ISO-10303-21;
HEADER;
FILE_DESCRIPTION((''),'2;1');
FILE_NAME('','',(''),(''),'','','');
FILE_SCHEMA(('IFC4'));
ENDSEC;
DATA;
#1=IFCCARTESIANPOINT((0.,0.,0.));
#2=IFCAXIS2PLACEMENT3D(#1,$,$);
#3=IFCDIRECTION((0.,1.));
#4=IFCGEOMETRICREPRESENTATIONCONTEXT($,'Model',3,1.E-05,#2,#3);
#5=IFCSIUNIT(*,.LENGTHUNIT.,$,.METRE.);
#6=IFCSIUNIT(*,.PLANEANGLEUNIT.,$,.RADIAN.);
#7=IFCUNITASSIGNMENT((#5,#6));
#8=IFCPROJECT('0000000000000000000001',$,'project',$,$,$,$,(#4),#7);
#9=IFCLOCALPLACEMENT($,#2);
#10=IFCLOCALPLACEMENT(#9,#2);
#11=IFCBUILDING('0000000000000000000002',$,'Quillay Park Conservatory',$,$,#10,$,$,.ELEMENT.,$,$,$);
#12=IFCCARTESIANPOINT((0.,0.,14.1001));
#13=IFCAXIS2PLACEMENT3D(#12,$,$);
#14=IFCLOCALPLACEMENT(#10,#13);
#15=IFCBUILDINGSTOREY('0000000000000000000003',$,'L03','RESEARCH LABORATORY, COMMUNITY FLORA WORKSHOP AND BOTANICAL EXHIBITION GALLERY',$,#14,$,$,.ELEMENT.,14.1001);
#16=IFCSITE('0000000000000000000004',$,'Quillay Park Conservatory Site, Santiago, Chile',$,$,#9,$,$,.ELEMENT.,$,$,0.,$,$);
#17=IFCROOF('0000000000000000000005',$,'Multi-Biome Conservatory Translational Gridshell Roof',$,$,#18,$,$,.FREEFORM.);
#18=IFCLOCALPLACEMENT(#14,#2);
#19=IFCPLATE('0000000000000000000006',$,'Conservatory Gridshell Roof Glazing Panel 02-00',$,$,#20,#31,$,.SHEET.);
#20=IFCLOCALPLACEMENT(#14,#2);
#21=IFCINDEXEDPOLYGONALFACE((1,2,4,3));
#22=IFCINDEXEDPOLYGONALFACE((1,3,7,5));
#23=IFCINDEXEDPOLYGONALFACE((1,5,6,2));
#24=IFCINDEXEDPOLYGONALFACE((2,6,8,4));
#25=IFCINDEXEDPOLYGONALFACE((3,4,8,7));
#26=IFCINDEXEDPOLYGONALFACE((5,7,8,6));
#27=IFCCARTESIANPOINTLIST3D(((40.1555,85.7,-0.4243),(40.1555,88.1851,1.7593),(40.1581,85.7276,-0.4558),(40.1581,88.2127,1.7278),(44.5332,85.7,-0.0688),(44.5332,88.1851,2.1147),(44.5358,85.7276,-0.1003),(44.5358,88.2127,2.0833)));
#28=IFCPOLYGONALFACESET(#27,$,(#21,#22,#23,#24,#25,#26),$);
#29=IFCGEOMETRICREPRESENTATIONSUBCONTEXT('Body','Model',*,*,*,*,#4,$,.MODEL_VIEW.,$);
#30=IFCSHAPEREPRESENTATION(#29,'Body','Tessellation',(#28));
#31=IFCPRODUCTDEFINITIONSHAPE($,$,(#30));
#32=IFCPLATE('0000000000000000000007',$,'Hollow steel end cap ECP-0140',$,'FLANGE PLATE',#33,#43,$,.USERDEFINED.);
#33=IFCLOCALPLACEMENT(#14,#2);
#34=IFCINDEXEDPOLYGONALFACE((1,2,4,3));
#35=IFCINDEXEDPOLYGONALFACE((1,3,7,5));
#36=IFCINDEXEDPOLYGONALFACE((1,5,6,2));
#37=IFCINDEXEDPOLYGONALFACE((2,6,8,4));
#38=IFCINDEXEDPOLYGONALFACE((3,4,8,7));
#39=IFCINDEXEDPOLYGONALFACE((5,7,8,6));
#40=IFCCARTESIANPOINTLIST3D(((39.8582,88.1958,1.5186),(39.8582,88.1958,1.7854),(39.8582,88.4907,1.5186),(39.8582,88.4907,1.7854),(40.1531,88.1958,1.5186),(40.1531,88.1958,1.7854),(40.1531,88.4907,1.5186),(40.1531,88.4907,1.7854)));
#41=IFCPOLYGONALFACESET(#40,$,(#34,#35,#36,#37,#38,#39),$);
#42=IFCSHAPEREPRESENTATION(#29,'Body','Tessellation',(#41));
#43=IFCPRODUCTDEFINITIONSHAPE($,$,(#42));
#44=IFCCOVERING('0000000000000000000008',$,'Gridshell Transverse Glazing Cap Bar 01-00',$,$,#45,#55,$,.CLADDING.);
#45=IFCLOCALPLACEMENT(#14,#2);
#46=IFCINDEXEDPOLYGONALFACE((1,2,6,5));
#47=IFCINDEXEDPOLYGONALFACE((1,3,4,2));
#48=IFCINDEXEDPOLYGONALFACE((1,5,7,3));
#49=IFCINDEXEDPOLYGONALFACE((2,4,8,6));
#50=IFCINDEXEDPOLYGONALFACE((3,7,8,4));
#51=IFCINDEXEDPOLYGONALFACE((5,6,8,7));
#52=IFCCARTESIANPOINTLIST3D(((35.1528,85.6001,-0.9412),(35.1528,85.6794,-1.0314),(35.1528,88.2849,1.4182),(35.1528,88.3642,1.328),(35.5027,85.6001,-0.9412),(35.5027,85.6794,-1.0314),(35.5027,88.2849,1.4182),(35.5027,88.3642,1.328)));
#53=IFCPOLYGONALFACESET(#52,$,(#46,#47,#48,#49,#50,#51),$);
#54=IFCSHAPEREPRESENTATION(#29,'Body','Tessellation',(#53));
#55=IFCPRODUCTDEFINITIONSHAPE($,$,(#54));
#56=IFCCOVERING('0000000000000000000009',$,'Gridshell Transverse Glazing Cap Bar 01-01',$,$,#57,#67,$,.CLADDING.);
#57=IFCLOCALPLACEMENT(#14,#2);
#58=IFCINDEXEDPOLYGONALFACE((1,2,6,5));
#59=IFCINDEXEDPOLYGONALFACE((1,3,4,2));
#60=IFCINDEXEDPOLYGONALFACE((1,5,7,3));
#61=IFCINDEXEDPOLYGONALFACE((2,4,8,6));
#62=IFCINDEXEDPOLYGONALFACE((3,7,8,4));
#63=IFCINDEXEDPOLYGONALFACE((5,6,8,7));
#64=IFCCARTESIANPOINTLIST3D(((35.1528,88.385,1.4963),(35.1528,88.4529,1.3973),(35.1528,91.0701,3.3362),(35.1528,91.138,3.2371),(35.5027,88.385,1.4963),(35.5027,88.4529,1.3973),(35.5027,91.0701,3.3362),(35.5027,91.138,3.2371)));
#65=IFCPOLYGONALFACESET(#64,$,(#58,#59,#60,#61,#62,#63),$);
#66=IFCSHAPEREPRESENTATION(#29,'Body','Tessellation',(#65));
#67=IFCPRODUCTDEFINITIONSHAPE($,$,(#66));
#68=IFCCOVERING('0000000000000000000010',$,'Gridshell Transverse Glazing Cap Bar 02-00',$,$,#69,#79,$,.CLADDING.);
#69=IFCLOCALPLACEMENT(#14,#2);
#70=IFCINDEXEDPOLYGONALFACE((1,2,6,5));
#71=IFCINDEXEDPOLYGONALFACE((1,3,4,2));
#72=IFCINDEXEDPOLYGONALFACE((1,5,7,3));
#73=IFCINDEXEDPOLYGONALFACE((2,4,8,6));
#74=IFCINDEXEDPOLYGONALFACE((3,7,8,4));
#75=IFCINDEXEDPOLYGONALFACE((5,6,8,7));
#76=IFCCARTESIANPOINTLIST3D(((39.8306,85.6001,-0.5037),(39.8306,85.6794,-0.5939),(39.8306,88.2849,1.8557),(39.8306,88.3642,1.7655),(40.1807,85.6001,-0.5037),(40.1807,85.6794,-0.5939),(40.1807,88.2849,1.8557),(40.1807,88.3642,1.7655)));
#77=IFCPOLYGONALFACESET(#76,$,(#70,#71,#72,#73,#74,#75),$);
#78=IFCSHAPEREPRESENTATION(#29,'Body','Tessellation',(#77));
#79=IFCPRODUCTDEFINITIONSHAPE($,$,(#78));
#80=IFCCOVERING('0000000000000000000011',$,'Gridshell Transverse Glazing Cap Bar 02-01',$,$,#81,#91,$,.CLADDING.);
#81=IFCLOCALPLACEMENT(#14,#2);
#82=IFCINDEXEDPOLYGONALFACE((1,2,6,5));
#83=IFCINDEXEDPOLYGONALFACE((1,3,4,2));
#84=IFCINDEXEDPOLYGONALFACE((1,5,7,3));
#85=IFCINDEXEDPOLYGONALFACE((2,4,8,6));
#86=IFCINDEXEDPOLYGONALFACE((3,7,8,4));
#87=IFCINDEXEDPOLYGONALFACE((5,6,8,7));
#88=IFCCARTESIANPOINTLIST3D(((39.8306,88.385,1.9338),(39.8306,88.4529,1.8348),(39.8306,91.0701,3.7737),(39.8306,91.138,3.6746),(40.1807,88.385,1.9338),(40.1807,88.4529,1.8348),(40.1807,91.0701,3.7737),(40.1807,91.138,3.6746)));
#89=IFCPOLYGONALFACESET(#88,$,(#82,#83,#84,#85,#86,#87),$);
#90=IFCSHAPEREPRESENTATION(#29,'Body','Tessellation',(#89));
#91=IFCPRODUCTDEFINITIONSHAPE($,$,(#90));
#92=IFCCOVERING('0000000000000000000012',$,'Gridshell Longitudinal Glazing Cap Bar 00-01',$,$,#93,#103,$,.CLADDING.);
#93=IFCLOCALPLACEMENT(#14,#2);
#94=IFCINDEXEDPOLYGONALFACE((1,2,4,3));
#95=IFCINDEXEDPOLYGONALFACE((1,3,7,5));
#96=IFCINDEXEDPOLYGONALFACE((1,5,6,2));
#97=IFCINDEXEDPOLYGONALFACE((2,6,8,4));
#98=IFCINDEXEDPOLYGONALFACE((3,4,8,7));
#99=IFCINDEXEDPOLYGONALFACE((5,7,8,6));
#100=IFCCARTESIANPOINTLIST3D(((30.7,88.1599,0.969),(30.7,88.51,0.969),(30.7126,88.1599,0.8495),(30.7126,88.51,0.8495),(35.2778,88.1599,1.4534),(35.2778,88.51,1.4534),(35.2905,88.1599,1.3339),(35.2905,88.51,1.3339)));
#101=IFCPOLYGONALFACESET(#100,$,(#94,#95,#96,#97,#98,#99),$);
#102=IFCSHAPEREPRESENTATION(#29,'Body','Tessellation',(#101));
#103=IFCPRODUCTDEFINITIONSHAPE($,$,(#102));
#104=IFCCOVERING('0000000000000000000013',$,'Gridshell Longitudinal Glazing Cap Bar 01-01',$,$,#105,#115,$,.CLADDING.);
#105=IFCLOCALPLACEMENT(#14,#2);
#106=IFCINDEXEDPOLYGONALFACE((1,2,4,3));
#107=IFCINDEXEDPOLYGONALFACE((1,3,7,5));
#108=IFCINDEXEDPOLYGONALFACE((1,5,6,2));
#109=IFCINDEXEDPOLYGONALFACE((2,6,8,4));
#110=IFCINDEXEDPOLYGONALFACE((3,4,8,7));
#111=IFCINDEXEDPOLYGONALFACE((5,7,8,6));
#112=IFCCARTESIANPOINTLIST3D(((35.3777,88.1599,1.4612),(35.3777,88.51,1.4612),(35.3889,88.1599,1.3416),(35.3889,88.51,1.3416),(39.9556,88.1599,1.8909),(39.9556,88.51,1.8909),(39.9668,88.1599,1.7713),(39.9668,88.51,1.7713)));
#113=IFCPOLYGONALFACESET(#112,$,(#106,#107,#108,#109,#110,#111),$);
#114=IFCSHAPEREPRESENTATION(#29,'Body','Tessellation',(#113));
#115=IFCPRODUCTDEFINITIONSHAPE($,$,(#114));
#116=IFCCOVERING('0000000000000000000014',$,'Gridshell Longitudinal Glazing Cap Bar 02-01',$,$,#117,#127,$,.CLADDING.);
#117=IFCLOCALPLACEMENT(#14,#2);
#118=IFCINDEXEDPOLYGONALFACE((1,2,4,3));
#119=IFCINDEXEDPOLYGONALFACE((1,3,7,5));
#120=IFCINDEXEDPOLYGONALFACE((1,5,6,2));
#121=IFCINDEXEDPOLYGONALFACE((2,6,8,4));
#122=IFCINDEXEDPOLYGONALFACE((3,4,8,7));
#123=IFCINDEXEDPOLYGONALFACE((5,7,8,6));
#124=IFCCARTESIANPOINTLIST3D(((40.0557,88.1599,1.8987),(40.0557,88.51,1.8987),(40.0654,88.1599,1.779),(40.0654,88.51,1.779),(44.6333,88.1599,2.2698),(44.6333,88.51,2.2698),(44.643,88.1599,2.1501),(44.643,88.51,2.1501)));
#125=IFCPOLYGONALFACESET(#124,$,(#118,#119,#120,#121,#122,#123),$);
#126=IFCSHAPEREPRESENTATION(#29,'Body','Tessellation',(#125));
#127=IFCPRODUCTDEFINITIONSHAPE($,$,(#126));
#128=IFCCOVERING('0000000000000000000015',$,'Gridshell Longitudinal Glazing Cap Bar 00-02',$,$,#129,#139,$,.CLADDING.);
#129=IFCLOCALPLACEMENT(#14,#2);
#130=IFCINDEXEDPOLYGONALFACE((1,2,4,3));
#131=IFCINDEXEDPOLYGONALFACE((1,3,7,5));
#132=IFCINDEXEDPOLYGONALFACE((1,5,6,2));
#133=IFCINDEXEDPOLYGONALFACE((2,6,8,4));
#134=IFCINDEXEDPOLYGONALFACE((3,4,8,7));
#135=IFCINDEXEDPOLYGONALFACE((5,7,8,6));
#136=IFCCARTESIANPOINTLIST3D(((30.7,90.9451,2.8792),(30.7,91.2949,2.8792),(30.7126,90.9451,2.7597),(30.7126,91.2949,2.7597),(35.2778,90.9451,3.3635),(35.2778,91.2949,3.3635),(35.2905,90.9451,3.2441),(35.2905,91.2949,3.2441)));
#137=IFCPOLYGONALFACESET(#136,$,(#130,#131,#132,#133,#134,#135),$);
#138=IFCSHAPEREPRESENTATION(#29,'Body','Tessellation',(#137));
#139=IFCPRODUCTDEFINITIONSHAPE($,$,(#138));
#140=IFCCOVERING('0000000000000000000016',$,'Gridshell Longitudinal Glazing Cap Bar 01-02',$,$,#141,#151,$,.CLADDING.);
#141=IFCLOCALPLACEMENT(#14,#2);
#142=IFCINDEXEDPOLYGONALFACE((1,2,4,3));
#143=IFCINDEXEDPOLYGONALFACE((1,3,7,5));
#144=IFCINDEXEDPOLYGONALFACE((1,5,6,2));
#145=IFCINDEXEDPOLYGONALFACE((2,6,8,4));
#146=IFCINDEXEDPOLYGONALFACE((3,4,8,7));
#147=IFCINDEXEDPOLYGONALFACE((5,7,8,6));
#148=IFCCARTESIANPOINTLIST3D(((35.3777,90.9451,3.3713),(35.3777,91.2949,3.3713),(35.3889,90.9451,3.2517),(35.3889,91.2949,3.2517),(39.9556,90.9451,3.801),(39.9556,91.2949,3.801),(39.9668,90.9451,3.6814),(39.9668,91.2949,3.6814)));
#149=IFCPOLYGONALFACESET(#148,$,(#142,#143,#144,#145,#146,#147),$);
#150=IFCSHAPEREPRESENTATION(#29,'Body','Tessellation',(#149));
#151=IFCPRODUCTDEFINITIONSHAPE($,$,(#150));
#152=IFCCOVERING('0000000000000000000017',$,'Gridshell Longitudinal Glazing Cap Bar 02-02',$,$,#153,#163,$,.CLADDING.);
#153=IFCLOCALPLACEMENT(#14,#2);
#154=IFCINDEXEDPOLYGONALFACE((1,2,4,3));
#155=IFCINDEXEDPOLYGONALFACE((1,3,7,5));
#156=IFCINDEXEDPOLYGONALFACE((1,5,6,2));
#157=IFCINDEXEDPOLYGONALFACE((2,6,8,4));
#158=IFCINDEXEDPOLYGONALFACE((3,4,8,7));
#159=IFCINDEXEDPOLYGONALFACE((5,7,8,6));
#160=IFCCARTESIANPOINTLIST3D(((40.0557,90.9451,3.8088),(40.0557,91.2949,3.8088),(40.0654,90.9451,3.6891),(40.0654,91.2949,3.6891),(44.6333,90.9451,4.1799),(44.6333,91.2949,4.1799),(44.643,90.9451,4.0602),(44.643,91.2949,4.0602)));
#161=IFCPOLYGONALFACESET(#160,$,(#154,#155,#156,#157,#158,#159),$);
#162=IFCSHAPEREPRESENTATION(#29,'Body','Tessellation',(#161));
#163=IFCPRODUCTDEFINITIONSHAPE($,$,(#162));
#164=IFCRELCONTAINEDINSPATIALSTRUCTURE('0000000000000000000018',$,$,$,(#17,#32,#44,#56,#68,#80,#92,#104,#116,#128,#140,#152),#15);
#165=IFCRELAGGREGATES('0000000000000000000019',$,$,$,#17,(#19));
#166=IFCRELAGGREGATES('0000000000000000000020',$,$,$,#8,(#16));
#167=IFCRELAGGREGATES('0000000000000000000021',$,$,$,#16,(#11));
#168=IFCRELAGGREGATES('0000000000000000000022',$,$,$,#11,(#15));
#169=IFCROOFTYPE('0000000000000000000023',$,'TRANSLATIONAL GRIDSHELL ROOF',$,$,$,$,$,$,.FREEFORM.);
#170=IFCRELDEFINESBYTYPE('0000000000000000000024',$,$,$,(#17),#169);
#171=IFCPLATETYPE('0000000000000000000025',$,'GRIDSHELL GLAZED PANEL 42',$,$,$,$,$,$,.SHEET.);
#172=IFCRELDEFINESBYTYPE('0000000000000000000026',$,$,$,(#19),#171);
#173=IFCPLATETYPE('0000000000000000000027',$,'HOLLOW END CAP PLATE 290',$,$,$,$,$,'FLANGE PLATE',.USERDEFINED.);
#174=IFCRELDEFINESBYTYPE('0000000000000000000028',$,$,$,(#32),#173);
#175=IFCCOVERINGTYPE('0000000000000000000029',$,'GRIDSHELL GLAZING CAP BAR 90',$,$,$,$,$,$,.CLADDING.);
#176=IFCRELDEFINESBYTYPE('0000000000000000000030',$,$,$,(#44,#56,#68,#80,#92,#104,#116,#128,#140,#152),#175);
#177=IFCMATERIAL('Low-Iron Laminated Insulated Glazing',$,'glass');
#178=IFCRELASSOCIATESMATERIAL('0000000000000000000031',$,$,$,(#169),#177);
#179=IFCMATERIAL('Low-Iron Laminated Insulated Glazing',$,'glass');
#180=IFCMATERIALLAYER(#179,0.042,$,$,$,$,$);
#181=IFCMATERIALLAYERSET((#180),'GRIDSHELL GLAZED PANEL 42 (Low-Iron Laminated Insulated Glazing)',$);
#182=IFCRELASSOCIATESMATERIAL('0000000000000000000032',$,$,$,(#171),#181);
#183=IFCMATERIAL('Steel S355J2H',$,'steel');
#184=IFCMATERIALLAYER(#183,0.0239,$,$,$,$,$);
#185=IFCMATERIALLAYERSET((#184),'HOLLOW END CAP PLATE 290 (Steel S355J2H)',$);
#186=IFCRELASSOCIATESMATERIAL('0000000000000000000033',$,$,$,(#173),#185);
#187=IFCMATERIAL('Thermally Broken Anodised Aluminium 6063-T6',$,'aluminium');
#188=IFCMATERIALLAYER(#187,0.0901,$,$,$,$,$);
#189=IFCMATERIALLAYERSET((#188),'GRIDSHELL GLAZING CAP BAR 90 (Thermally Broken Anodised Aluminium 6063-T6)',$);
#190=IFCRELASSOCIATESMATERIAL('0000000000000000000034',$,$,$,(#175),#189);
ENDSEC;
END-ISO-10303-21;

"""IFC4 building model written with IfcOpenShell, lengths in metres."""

from ifc_helpers import new_model, si_unit, direction, frame, origin, origin_2d, place, context, subcontext, project, spatial, polyline, rectangle, outline, extrude, material, layer, layer_set, type_object, element, aggregate, save


model = new_model("IFC4")

# Units and contexts
model_context = context("Model", 3, precision=1e-05, world=origin(), true_north=direction((0.0, 1.0)))
body_context = subcontext(model_context, "Body", "Model", "MODEL_VIEW")
ifc_project = project(units=[si_unit("LENGTHUNIT", "METRE"), si_unit("PLANEANGLEUNIT", "RADIAN")], contexts=[model_context])

# Site, building, storey
site_placement = place(None, origin())
site = spatial("IfcSite", under=ifc_project, at=site_placement, Name="Quillay Park Conservatory Site, Santiago, Chile", CompositionType="ELEMENT", RefElevation=0.0)
building_placement = place(site_placement, origin())
building = spatial("IfcBuilding", under=site, at=building_placement, Name="Quillay Park Conservatory", CompositionType="ELEMENT")
storey_placement = place(building_placement, frame((0.0, 0.0, 14.1001)))
storey = spatial("IfcBuildingStorey", under=building, at=storey_placement, Name="L03", Description="RESEARCH LABORATORY, COMMUNITY FLORA WORKSHOP AND BOTANICAL EXHIBITION GALLERY", CompositionType="ELEMENT", Elevation=14.1001)

# Roof, plate
ifc_material_1 = material(Name="Low-Iron Laminated Insulated Glazing", Category="glass")
roof_type = type_object("IfcRoofType", Name="TRANSLATIONAL GRIDSHELL ROOF", PredefinedType="FREEFORM", material=ifc_material_1)
roof_placement = place(storey_placement, origin())
roof = element("IfcRoof", 1, at=roof_placement, inside=storey, type_object=roof_type, Name="Multi-Biome Conservatory Translational Gridshell Roof", PredefinedType="FREEFORM")
ifc_material_2 = material(Name="Low-Iron Laminated Insulated Glazing", Category="glass")
ifc_layer_1 = layer(ifc_material_2, 0.042)
ifc_layer_set_1 = layer_set([ifc_layer_1], Name="GRIDSHELL GLAZED PANEL 42 (Low-Iron Laminated Insulated Glazing)")
plate_type_1 = type_object("IfcPlateType", Name="GRIDSHELL GLAZED PANEL 42", PredefinedType="SHEET", material=ifc_layer_set_1)
plate_1_placement = place(storey_placement, frame((40.1555, 85.7, -0.4243), z_axis=(-0.060885, -0.658841, 0.749814), x_axis=(0.996719, 0.0, 0.080934)))
plate_1 = element("IfcPlate", 2, at=plate_1_placement, type_object=plate_type_1, Name="Conservatory Gridshell Roof Glazing Panel 02-00", PredefinedType="SHEET", context=body_context, shape_type="SweptSolid", body=[
    extrude(outline(polyline([(0.0, 0.0), (4.3921, 0.0), (4.5688, 3.3034), (0.1767, 3.3034), (0.0, 0.0)])), origin(), (0.0, 0.0, -1.0), 0.042),
])
aggregate(roof, [plate_1])

# Plate
ifc_material_3 = material(Name="Steel S355J2H", Category="steel")
ifc_layer_2 = layer(ifc_material_3, 0.0239)
ifc_layer_set_2 = layer_set([ifc_layer_2], Name="HOLLOW END CAP PLATE 290 (Steel S355J2H)")
plate_type_2 = type_object("IfcPlateType", Name="HOLLOW END CAP PLATE 290", ElementType="FLANGE PLATE", PredefinedType="USERDEFINED", material=ifc_layer_set_2)
plate_2_placement = place(storey_placement, frame((40.0056, 88.3433, 1.5186), z_axis=(0.0, 0.0, 1.0), x_axis=(1.0, 0.0, 0.0)))
element("IfcPlate", 3, at=plate_2_placement, inside=storey, type_object=plate_type_2, Name="Hollow steel end cap ECP-0140", ObjectType="FLANGE PLATE", PredefinedType="USERDEFINED", context=body_context, shape_type="SweptSolid", body=[
    extrude(rectangle(XDim=0.2949, YDim=0.2949, at=origin_2d()), origin(), (0.0, 0.0, 1.0), 0.2668),
])

# Coverings
ifc_material_4 = material(Name="Thermally Broken Anodised Aluminium 6063-T6", Category="aluminium")
ifc_layer_3 = layer(ifc_material_4, 0.0901)
ifc_layer_set_3 = layer_set([ifc_layer_3], Name="GRIDSHELL GLAZING CAP BAR 90 (Thermally Broken Anodised Aluminium 6063-T6)")
covering_type = type_object("IfcCoveringType", Name="GRIDSHELL GLAZING CAP BAR 90", PredefinedType="CLADDING", material=ifc_layer_set_3)
covering_1_placement = place(storey_placement, frame((35.1528, 85.6001, -0.9412), z_axis=(0.0, -0.660113, 0.751166), x_axis=(1.0, 0.0, 0.0)))
element("IfcCovering", 4, at=covering_1_placement, inside=storey, type_object=covering_type, Name="Gridshell Transverse Glazing Cap Bar 01-00", PredefinedType="CLADDING", context=body_context, shape_type="SweptSolid", body=[
    extrude(outline(polyline([(0.0, 0.0), (0.3499, 0.0), (0.3499, 3.5742), (0.0, 3.5742), (0.0, 0.0)])), origin(), (0.0, 0.0, -1.0), 0.1201),
])
covering_2_placement = place(storey_placement, frame((35.1528, 88.385, 1.4963), z_axis=(0.0, -0.565248, 0.824921), x_axis=(1.0, 0.0, 0.0)))
element("IfcCovering", 5, at=covering_2_placement, inside=storey, type_object=covering_type, Name="Gridshell Transverse Glazing Cap Bar 01-01", PredefinedType="CLADDING", context=body_context, shape_type="SweptSolid", body=[
    extrude(outline(polyline([(0.0, 0.0), (0.3499, 0.0), (0.3499, 3.2549), (0.0, 3.2549), (0.0, 0.0)])), origin(), (0.0, 0.0, -1.0), 0.1201),
])
covering_3_placement = place(storey_placement, frame((39.8306, 85.6001, -0.5037), z_axis=(0.0, -0.660113, 0.751166), x_axis=(1.0, 0.0, 0.0)))
element("IfcCovering", 6, at=covering_3_placement, inside=storey, type_object=covering_type, Name="Gridshell Transverse Glazing Cap Bar 02-00", PredefinedType="CLADDING", context=body_context, shape_type="SweptSolid", body=[
    extrude(outline(polyline([(0.0, 0.0), (0.3501, 0.0), (0.3501, 3.5742), (0.0, 3.5742), (0.0, 0.0)])), origin(), (0.0, 0.0, -1.0), 0.1201),
])
covering_4_placement = place(storey_placement, frame((39.8306, 88.385, 1.9338), z_axis=(0.0, -0.565248, 0.824921), x_axis=(1.0, 0.0, 0.0)))
element("IfcCovering", 7, at=covering_4_placement, inside=storey, type_object=covering_type, Name="Gridshell Transverse Glazing Cap Bar 02-01", PredefinedType="CLADDING", context=body_context, shape_type="SweptSolid", body=[
    extrude(outline(polyline([(0.0, 0.0), (0.3501, 0.0), (0.3501, 3.2549), (0.0, 3.2549), (0.0, 0.0)])), origin(), (0.0, 0.0, -1.0), 0.1201),
])
covering_5_placement = place(storey_placement, frame((30.7, 88.1599, 0.969), z_axis=(-0.10522, 0.0, 0.994449), x_axis=(0.994449, 0.0, 0.10522)))
element("IfcCovering", 8, at=covering_5_placement, inside=storey, type_object=covering_type, Name="Gridshell Longitudinal Glazing Cap Bar 00-01", PredefinedType="CLADDING", context=body_context, shape_type="SweptSolid", body=[
    extrude(outline(polyline([(0.0, 0.0), (4.6034, 0.0), (4.6034, 0.3501), (0.0, 0.3501), (0.0, 0.0)])), origin(), (0.0, 0.0, -1.0), 0.1201),
])
covering_6_placement = place(storey_placement, frame((35.3777, 88.1599, 1.4612), z_axis=(-0.093451, 0.0, 0.995624), x_axis=(0.995624, 0.0, 0.093451)))
element("IfcCovering", 9, at=covering_6_placement, inside=storey, type_object=covering_type, Name="Gridshell Longitudinal Glazing Cap Bar 01-01", PredefinedType="CLADDING", context=body_context, shape_type="SweptSolid", body=[
    extrude(outline(polyline([(0.0, 0.0), (4.598, 0.0), (4.598, 0.3501), (0.0, 0.3501), (0.0, 0.0)])), origin(), (0.0, 0.0, -1.0), 0.1201),
])
covering_7_placement = place(storey_placement, frame((40.0557, 88.1599, 1.8987), z_axis=(-0.080802, 0.0, 0.99673), x_axis=(0.99673, 0.0, 0.080802)))
element("IfcCovering", 10, at=covering_7_placement, inside=storey, type_object=covering_type, Name="Gridshell Longitudinal Glazing Cap Bar 02-01", PredefinedType="CLADDING", context=body_context, shape_type="SweptSolid", body=[
    extrude(outline(polyline([(0.0, 0.0), (4.5927, 0.0), (4.5927, 0.3501), (0.0, 0.3501), (0.0, 0.0)])), origin(), (0.0, 0.0, -1.0), 0.1201),
])
covering_8_placement = place(storey_placement, frame((30.7, 90.9451, 2.8792), z_axis=(-0.10522, 0.0, 0.994449), x_axis=(0.994449, 0.0, 0.10522)))
element("IfcCovering", 11, at=covering_8_placement, inside=storey, type_object=covering_type, Name="Gridshell Longitudinal Glazing Cap Bar 00-02", PredefinedType="CLADDING", context=body_context, shape_type="SweptSolid", body=[
    extrude(outline(polyline([(0.0, 0.0), (4.6034, 0.0), (4.6034, 0.3499), (0.0, 0.3499), (0.0, 0.0)])), origin(), (0.0, 0.0, -1.0), 0.1201),
])
covering_9_placement = place(storey_placement, frame((35.3777, 90.9451, 3.3713), z_axis=(-0.093451, 0.0, 0.995624), x_axis=(0.995624, 0.0, 0.093451)))
element("IfcCovering", 12, at=covering_9_placement, inside=storey, type_object=covering_type, Name="Gridshell Longitudinal Glazing Cap Bar 01-02", PredefinedType="CLADDING", context=body_context, shape_type="SweptSolid", body=[
    extrude(outline(polyline([(0.0, 0.0), (4.598, 0.0), (4.598, 0.3499), (0.0, 0.3499), (0.0, 0.0)])), origin(), (0.0, 0.0, -1.0), 0.1201),
])
covering_10_placement = place(storey_placement, frame((40.0557, 90.9451, 3.8088), z_axis=(-0.080802, 0.0, 0.99673), x_axis=(0.99673, 0.0, 0.080802)))
element("IfcCovering", 13, at=covering_10_placement, inside=storey, type_object=covering_type, Name="Gridshell Longitudinal Glazing Cap Bar 02-02", PredefinedType="CLADDING", context=body_context, shape_type="SweptSolid", body=[
    extrude(outline(polyline([(0.0, 0.0), (4.5927, 0.0), (4.5927, 0.3499), (0.0, 0.3499), (0.0, 0.0)])), origin(), (0.0, 0.0, -1.0), 0.1201),
])

save(model, "model.ifc")
